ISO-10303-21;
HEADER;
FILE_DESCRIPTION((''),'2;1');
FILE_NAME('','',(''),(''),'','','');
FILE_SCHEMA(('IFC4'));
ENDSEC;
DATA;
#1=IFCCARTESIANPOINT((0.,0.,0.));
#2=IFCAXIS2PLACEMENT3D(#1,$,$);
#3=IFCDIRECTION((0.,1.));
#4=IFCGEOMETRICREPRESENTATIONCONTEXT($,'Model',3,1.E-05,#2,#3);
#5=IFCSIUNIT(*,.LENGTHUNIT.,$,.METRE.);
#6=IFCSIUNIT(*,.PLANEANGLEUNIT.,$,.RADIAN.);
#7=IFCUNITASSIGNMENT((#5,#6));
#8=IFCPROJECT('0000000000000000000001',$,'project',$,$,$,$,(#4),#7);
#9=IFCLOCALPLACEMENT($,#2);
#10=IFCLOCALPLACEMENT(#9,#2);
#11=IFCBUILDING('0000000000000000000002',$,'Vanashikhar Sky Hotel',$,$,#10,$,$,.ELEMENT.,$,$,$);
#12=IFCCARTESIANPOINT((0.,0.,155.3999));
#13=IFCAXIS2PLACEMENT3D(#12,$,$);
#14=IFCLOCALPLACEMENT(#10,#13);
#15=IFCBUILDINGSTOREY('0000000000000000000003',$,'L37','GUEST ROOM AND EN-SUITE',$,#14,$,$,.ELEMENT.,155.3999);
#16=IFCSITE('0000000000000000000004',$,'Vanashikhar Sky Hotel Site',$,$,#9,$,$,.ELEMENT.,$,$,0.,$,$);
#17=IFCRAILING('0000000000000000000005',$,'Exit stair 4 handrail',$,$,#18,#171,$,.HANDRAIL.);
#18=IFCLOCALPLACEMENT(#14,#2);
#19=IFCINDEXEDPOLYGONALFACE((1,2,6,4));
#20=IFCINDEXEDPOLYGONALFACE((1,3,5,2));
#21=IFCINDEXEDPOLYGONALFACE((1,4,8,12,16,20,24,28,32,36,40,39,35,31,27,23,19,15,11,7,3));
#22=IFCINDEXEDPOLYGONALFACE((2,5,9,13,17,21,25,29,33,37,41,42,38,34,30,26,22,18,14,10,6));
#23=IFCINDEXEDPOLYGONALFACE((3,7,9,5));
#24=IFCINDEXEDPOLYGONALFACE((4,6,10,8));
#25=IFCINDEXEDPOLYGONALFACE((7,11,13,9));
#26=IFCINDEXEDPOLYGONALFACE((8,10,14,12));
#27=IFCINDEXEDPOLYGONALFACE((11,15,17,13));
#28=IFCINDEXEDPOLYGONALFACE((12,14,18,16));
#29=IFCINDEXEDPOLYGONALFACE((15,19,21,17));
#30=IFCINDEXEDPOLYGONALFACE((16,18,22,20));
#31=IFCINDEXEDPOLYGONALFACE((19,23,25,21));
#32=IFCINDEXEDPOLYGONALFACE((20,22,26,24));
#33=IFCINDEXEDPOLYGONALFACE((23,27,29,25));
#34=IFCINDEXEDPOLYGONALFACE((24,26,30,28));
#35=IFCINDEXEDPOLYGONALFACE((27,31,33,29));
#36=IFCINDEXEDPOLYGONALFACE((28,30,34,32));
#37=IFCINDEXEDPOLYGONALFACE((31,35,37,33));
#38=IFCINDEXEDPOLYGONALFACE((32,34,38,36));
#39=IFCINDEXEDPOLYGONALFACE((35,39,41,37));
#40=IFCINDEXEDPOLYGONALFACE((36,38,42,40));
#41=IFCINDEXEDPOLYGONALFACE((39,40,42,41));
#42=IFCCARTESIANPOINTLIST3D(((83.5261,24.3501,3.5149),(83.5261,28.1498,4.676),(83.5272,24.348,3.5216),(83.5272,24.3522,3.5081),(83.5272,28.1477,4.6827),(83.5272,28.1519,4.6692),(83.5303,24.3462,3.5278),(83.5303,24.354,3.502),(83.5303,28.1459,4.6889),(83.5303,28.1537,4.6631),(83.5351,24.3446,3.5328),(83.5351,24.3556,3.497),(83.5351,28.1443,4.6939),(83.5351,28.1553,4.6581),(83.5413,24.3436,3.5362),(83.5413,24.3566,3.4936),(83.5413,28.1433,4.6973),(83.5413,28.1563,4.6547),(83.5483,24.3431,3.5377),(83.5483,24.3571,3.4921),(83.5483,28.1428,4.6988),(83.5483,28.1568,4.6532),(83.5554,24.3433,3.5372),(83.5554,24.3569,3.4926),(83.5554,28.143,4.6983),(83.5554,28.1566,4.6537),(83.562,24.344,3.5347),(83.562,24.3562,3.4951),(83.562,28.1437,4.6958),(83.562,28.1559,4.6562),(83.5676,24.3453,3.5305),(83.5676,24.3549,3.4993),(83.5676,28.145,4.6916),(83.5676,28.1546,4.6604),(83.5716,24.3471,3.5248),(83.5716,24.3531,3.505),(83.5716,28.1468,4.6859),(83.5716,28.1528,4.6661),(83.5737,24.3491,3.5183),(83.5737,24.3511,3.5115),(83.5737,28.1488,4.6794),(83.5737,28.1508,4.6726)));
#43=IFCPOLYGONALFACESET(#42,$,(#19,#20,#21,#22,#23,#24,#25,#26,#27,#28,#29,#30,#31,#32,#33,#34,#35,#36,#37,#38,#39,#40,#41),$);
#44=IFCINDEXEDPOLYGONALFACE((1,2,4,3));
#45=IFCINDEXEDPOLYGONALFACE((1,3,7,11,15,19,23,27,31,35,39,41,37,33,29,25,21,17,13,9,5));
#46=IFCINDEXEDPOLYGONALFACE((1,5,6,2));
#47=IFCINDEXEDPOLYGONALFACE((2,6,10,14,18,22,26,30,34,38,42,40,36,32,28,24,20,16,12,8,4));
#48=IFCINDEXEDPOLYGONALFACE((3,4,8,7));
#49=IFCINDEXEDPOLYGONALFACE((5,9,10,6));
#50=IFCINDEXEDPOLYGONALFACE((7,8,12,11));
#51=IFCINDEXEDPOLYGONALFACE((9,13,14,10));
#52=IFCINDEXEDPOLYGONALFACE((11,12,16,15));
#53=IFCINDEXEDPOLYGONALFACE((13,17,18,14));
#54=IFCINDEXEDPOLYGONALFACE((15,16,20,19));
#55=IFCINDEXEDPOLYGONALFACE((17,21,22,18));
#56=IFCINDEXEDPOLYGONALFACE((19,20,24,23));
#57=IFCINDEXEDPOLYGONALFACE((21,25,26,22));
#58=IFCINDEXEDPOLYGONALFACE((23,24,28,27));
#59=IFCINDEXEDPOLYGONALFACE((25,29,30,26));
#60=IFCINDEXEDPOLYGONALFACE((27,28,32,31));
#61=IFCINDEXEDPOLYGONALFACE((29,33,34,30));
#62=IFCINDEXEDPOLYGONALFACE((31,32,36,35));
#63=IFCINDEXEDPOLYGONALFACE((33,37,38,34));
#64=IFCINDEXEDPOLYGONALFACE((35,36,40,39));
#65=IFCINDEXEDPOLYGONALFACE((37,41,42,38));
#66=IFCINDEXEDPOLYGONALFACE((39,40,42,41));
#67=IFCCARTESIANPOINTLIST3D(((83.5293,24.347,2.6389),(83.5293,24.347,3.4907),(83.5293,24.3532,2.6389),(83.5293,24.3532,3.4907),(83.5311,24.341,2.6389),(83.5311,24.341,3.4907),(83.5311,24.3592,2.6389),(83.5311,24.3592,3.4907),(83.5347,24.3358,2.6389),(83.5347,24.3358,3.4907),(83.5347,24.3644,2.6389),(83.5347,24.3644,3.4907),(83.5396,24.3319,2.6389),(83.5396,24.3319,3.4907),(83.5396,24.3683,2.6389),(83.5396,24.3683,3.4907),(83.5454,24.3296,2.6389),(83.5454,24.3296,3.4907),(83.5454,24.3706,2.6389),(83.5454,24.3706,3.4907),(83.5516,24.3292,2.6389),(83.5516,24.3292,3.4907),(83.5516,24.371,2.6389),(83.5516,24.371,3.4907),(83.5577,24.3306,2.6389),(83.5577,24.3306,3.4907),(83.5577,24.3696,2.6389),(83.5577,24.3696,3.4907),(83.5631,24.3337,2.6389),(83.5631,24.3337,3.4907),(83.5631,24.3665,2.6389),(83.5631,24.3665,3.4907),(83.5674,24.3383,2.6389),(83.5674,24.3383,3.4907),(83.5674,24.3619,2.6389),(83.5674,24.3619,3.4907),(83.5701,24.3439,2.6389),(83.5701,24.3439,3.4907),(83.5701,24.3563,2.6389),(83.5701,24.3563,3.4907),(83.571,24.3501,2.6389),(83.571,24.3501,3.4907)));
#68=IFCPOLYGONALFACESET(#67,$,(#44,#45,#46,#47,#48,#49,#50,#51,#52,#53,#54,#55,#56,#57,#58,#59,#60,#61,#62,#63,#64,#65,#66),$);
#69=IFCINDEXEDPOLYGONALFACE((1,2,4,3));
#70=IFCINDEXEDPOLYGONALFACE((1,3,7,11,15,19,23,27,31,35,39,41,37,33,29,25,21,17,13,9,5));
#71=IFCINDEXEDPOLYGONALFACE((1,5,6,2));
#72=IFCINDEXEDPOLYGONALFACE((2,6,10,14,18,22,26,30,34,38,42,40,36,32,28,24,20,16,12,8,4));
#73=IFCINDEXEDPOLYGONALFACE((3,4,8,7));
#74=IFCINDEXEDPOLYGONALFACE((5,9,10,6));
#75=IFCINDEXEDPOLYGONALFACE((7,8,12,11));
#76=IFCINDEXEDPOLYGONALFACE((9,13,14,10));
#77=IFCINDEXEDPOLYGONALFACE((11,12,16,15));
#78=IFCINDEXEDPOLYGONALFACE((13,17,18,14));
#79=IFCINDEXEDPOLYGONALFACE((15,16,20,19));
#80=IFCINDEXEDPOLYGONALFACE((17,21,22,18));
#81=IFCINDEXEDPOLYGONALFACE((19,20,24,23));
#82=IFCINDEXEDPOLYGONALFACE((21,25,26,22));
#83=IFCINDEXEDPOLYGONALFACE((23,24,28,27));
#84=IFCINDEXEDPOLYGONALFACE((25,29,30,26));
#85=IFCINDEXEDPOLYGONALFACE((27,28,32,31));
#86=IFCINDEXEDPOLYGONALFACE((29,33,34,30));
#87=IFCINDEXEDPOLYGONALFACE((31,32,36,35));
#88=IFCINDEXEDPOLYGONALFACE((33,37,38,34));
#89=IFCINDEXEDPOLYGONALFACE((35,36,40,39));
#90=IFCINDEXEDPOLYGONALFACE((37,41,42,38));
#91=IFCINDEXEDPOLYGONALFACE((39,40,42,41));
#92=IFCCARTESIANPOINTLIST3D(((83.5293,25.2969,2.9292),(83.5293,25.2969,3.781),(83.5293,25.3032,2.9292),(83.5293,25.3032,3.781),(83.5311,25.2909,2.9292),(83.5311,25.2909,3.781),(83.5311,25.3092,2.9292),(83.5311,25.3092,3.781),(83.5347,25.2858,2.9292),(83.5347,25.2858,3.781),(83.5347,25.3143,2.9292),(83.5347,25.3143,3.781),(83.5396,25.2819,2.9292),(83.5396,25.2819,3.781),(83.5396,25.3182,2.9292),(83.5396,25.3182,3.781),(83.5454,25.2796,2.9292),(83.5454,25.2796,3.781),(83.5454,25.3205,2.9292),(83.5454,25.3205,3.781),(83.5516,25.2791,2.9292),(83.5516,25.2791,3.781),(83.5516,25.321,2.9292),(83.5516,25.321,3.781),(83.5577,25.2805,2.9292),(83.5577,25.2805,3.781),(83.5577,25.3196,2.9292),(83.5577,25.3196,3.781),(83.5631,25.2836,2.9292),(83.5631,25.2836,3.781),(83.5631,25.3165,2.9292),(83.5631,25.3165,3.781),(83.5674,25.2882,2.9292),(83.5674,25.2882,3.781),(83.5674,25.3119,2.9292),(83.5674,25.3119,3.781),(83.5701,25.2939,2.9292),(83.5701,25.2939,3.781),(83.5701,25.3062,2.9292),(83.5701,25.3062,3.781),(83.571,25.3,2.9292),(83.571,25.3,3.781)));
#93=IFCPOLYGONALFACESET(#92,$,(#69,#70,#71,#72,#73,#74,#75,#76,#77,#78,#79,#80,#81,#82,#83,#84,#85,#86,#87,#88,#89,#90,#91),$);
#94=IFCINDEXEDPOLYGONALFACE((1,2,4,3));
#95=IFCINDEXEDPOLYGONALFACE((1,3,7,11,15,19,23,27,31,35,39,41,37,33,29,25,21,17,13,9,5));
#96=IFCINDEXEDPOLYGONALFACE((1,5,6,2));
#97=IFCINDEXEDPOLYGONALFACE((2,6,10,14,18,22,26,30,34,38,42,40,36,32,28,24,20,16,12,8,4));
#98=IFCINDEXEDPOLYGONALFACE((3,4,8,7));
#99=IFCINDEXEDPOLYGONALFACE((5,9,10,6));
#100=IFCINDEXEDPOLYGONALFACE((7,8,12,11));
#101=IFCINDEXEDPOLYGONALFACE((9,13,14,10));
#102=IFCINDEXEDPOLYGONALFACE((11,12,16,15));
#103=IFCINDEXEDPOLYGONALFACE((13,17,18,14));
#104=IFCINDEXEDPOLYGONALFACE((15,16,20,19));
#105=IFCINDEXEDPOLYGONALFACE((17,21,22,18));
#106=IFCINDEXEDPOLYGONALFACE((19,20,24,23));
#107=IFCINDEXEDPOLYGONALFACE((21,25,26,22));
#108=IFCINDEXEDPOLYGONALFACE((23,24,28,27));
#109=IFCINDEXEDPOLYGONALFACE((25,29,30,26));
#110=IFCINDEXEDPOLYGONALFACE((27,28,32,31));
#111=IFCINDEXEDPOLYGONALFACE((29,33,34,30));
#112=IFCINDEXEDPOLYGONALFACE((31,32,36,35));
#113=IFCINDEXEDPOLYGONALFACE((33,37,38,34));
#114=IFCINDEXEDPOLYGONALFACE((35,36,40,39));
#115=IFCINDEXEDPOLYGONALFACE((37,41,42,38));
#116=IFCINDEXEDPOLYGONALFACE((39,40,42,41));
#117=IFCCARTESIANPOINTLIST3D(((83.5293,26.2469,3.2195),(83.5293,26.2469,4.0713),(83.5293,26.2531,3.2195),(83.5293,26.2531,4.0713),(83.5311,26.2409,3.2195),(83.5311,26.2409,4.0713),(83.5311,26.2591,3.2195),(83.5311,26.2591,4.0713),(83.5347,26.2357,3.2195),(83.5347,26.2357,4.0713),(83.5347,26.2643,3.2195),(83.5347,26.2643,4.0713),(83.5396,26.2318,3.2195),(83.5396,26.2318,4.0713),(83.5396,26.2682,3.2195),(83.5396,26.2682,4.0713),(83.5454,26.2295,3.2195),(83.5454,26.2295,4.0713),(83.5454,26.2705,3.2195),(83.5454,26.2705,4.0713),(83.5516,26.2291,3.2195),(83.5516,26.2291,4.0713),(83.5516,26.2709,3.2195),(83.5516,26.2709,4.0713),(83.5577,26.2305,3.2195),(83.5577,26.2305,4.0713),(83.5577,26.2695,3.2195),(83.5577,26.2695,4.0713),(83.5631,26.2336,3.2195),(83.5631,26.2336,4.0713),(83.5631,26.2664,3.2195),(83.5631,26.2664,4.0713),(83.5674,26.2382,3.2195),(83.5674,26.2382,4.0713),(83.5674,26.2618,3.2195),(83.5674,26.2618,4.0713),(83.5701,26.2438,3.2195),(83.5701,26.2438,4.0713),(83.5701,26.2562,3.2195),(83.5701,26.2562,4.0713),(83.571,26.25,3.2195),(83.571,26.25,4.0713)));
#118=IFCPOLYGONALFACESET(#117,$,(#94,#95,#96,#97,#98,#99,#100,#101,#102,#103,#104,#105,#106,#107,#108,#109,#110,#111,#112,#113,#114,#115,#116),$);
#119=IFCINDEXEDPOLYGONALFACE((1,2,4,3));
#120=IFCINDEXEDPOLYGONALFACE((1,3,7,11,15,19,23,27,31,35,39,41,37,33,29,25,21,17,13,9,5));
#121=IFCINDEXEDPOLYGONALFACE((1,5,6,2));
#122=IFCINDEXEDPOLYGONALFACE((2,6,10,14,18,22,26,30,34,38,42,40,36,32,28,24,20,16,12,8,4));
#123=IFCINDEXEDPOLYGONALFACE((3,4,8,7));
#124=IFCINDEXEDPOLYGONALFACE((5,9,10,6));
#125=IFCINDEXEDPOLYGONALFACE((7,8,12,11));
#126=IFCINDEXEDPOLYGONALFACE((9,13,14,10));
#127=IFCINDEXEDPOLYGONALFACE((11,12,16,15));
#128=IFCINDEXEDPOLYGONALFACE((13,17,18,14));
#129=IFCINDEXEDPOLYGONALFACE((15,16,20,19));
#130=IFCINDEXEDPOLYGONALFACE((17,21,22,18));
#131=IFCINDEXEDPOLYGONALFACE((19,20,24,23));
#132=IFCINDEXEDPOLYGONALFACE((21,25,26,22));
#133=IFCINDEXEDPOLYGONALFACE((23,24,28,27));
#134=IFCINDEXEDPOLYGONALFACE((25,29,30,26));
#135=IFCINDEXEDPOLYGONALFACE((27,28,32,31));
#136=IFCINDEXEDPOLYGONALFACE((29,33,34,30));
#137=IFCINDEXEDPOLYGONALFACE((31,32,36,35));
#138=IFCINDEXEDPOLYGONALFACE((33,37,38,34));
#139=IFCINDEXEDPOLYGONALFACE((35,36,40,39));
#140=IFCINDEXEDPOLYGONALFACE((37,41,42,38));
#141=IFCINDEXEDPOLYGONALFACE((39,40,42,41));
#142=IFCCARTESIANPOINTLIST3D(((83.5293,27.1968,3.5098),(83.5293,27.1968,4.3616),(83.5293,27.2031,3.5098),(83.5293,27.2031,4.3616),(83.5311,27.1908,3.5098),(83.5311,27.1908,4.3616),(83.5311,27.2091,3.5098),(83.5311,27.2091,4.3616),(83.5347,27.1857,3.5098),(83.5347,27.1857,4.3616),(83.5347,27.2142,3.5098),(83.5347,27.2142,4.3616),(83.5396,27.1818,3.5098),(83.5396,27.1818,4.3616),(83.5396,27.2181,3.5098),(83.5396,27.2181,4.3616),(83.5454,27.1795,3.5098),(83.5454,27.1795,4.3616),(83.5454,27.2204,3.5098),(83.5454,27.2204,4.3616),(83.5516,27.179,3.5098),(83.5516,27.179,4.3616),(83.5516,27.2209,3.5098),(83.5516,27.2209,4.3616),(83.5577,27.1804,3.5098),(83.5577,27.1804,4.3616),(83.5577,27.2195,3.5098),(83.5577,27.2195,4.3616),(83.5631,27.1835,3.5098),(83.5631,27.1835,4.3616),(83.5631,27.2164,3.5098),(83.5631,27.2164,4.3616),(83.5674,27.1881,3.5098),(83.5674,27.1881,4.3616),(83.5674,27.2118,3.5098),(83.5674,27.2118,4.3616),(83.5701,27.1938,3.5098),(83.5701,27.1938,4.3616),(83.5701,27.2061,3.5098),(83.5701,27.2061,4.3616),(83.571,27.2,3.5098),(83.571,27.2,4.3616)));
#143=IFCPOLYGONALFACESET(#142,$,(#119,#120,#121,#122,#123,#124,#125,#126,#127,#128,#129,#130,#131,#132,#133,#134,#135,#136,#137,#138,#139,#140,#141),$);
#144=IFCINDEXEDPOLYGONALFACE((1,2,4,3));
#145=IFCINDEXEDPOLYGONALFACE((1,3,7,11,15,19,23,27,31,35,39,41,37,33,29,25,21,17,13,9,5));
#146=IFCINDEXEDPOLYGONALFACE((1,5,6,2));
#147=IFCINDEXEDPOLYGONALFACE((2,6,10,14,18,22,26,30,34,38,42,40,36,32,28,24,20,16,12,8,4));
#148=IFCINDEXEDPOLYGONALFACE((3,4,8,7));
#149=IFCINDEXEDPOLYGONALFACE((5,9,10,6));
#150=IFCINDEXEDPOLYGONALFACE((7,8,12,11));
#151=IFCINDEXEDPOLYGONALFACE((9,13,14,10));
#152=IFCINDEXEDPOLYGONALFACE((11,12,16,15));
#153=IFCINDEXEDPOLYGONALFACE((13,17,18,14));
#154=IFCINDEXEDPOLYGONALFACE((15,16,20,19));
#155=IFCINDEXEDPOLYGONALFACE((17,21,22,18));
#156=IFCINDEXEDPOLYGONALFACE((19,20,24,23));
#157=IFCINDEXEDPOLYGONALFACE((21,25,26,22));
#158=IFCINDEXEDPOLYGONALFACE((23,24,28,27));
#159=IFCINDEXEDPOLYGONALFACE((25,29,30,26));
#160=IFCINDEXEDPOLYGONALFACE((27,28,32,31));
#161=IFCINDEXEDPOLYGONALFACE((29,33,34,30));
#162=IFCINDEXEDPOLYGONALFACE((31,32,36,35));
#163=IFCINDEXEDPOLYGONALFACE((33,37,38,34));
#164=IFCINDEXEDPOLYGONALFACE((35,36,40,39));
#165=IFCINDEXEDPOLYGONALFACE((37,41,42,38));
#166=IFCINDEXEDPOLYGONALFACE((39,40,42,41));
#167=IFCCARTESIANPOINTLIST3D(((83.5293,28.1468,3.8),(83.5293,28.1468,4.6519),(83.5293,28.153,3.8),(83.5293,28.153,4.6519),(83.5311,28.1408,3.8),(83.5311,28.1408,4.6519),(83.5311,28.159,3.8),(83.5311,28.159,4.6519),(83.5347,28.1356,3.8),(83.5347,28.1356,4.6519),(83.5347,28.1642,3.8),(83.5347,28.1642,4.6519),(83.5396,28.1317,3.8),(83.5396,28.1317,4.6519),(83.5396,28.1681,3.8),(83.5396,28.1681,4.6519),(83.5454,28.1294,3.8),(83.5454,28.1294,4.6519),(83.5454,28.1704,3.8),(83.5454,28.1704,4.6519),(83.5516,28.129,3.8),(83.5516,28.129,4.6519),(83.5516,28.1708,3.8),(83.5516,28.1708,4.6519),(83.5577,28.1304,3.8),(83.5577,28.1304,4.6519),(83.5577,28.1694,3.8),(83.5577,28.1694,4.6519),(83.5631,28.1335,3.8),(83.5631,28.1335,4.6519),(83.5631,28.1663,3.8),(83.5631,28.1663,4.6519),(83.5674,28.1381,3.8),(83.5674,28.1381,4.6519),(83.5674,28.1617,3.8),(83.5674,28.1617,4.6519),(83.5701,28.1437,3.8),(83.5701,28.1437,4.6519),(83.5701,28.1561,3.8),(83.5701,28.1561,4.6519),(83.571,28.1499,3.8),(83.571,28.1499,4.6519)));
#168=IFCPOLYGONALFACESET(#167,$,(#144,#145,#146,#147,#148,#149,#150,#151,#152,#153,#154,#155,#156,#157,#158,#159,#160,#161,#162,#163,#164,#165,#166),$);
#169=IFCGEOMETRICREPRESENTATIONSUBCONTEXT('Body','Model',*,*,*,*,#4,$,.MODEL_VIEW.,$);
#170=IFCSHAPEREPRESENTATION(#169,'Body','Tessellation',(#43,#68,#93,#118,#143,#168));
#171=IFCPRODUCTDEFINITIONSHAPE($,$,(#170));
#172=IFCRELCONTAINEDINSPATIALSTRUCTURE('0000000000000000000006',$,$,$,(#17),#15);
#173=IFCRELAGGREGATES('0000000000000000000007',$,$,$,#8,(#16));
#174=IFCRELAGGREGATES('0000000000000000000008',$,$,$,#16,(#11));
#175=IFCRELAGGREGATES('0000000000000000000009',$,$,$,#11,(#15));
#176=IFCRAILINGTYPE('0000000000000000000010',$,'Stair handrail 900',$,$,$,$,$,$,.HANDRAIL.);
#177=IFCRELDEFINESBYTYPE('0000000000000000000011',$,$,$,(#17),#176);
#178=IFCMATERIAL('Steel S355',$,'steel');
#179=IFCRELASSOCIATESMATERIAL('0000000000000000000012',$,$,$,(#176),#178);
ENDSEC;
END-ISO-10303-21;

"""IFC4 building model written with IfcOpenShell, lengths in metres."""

from ifc_helpers import new_model, si_unit, direction, frame, origin, origin_2d, place, context, subcontext, project, spatial, circle, extrude, source, transform, mapped, material, type_object, element, save


model = new_model("IFC4")

# Units and contexts
model_context = context("Model", 3, precision=1e-05, world=origin(), true_north=direction((0.0, 1.0)))
body_context = subcontext(model_context, "Body", "Model", "MODEL_VIEW")
ifc_project = project(units=[si_unit("LENGTHUNIT", "METRE"), si_unit("PLANEANGLEUNIT", "RADIAN")], contexts=[model_context])

# Site, building, storey
site_placement = place(None, origin())
site = spatial("IfcSite", under=ifc_project, at=site_placement, Name="Vanashikhar Sky Hotel Site", CompositionType="ELEMENT", RefElevation=0.0)
building_placement = place(site_placement, origin())
building = spatial("IfcBuilding", under=site, at=building_placement, Name="Vanashikhar Sky Hotel", CompositionType="ELEMENT")
storey_placement = place(building_placement, frame((0.0, 0.0, 155.3999)))
storey = spatial("IfcBuildingStorey", under=building, at=storey_placement, Name="L37", Description="GUEST ROOM AND EN-SUITE", CompositionType="ELEMENT", Elevation=155.3999)

# Railing
ifc_material_1 = material(Name="Steel S355", Category="steel")
railing_type_1 = type_object("IfcRailingType", Name="Stair handrail 900", PredefinedType="HANDRAIL", material=ifc_material_1)
shared_shape_1 = source(origin(), body_context, "Body", "SweptSolid", [
    extrude(circle(Radius=0.0239, at=origin_2d()), frame((0.0, 0.0, 0.876), z_axis=(0.0, 0.956346, 0.292237), x_axis=(-1.0, 0.0, 0.0)), (0.0, 0.0, 1.0), 3.9731),
    extrude(circle(Radius=0.021, at=origin_2d()), origin(), (0.0, 0.0, 1.0), 0.8518),
    extrude(circle(Radius=0.021, at=origin_2d()), frame((0.0, 0.95, 0.2903)), (0.0, 0.0, 1.0), 0.8518),
    extrude(circle(Radius=0.021, at=origin_2d()), frame((0.0, 1.8999, 0.5806)), (0.0, 0.0, 1.0), 0.8518),
    extrude(circle(Radius=0.021, at=origin_2d()), frame((0.0, 2.8499, 0.8708)), (0.0, 0.0, 1.0), 0.8518),
    extrude(circle(Radius=0.021, at=origin_2d()), frame((0.0, 3.7998, 1.1611)), (0.0, 0.0, 1.0), 0.8518),
])
for number, where, name in (
    (1, (83.55, 24.3501, 2.6389), "Exit stair 4 handrail"),
):
    element("IfcRailing", number, at=place(storey_placement, frame(where)), inside=storey, type_object=railing_type_1, Name=name, PredefinedType="HANDRAIL", context=body_context, shape_type="MappedRepresentation", body=[
        mapped(shared_shape_1, transform((0.0, 0.0, 0.0), scale=1.0)),
    ])

save(model, "model.ifc")
